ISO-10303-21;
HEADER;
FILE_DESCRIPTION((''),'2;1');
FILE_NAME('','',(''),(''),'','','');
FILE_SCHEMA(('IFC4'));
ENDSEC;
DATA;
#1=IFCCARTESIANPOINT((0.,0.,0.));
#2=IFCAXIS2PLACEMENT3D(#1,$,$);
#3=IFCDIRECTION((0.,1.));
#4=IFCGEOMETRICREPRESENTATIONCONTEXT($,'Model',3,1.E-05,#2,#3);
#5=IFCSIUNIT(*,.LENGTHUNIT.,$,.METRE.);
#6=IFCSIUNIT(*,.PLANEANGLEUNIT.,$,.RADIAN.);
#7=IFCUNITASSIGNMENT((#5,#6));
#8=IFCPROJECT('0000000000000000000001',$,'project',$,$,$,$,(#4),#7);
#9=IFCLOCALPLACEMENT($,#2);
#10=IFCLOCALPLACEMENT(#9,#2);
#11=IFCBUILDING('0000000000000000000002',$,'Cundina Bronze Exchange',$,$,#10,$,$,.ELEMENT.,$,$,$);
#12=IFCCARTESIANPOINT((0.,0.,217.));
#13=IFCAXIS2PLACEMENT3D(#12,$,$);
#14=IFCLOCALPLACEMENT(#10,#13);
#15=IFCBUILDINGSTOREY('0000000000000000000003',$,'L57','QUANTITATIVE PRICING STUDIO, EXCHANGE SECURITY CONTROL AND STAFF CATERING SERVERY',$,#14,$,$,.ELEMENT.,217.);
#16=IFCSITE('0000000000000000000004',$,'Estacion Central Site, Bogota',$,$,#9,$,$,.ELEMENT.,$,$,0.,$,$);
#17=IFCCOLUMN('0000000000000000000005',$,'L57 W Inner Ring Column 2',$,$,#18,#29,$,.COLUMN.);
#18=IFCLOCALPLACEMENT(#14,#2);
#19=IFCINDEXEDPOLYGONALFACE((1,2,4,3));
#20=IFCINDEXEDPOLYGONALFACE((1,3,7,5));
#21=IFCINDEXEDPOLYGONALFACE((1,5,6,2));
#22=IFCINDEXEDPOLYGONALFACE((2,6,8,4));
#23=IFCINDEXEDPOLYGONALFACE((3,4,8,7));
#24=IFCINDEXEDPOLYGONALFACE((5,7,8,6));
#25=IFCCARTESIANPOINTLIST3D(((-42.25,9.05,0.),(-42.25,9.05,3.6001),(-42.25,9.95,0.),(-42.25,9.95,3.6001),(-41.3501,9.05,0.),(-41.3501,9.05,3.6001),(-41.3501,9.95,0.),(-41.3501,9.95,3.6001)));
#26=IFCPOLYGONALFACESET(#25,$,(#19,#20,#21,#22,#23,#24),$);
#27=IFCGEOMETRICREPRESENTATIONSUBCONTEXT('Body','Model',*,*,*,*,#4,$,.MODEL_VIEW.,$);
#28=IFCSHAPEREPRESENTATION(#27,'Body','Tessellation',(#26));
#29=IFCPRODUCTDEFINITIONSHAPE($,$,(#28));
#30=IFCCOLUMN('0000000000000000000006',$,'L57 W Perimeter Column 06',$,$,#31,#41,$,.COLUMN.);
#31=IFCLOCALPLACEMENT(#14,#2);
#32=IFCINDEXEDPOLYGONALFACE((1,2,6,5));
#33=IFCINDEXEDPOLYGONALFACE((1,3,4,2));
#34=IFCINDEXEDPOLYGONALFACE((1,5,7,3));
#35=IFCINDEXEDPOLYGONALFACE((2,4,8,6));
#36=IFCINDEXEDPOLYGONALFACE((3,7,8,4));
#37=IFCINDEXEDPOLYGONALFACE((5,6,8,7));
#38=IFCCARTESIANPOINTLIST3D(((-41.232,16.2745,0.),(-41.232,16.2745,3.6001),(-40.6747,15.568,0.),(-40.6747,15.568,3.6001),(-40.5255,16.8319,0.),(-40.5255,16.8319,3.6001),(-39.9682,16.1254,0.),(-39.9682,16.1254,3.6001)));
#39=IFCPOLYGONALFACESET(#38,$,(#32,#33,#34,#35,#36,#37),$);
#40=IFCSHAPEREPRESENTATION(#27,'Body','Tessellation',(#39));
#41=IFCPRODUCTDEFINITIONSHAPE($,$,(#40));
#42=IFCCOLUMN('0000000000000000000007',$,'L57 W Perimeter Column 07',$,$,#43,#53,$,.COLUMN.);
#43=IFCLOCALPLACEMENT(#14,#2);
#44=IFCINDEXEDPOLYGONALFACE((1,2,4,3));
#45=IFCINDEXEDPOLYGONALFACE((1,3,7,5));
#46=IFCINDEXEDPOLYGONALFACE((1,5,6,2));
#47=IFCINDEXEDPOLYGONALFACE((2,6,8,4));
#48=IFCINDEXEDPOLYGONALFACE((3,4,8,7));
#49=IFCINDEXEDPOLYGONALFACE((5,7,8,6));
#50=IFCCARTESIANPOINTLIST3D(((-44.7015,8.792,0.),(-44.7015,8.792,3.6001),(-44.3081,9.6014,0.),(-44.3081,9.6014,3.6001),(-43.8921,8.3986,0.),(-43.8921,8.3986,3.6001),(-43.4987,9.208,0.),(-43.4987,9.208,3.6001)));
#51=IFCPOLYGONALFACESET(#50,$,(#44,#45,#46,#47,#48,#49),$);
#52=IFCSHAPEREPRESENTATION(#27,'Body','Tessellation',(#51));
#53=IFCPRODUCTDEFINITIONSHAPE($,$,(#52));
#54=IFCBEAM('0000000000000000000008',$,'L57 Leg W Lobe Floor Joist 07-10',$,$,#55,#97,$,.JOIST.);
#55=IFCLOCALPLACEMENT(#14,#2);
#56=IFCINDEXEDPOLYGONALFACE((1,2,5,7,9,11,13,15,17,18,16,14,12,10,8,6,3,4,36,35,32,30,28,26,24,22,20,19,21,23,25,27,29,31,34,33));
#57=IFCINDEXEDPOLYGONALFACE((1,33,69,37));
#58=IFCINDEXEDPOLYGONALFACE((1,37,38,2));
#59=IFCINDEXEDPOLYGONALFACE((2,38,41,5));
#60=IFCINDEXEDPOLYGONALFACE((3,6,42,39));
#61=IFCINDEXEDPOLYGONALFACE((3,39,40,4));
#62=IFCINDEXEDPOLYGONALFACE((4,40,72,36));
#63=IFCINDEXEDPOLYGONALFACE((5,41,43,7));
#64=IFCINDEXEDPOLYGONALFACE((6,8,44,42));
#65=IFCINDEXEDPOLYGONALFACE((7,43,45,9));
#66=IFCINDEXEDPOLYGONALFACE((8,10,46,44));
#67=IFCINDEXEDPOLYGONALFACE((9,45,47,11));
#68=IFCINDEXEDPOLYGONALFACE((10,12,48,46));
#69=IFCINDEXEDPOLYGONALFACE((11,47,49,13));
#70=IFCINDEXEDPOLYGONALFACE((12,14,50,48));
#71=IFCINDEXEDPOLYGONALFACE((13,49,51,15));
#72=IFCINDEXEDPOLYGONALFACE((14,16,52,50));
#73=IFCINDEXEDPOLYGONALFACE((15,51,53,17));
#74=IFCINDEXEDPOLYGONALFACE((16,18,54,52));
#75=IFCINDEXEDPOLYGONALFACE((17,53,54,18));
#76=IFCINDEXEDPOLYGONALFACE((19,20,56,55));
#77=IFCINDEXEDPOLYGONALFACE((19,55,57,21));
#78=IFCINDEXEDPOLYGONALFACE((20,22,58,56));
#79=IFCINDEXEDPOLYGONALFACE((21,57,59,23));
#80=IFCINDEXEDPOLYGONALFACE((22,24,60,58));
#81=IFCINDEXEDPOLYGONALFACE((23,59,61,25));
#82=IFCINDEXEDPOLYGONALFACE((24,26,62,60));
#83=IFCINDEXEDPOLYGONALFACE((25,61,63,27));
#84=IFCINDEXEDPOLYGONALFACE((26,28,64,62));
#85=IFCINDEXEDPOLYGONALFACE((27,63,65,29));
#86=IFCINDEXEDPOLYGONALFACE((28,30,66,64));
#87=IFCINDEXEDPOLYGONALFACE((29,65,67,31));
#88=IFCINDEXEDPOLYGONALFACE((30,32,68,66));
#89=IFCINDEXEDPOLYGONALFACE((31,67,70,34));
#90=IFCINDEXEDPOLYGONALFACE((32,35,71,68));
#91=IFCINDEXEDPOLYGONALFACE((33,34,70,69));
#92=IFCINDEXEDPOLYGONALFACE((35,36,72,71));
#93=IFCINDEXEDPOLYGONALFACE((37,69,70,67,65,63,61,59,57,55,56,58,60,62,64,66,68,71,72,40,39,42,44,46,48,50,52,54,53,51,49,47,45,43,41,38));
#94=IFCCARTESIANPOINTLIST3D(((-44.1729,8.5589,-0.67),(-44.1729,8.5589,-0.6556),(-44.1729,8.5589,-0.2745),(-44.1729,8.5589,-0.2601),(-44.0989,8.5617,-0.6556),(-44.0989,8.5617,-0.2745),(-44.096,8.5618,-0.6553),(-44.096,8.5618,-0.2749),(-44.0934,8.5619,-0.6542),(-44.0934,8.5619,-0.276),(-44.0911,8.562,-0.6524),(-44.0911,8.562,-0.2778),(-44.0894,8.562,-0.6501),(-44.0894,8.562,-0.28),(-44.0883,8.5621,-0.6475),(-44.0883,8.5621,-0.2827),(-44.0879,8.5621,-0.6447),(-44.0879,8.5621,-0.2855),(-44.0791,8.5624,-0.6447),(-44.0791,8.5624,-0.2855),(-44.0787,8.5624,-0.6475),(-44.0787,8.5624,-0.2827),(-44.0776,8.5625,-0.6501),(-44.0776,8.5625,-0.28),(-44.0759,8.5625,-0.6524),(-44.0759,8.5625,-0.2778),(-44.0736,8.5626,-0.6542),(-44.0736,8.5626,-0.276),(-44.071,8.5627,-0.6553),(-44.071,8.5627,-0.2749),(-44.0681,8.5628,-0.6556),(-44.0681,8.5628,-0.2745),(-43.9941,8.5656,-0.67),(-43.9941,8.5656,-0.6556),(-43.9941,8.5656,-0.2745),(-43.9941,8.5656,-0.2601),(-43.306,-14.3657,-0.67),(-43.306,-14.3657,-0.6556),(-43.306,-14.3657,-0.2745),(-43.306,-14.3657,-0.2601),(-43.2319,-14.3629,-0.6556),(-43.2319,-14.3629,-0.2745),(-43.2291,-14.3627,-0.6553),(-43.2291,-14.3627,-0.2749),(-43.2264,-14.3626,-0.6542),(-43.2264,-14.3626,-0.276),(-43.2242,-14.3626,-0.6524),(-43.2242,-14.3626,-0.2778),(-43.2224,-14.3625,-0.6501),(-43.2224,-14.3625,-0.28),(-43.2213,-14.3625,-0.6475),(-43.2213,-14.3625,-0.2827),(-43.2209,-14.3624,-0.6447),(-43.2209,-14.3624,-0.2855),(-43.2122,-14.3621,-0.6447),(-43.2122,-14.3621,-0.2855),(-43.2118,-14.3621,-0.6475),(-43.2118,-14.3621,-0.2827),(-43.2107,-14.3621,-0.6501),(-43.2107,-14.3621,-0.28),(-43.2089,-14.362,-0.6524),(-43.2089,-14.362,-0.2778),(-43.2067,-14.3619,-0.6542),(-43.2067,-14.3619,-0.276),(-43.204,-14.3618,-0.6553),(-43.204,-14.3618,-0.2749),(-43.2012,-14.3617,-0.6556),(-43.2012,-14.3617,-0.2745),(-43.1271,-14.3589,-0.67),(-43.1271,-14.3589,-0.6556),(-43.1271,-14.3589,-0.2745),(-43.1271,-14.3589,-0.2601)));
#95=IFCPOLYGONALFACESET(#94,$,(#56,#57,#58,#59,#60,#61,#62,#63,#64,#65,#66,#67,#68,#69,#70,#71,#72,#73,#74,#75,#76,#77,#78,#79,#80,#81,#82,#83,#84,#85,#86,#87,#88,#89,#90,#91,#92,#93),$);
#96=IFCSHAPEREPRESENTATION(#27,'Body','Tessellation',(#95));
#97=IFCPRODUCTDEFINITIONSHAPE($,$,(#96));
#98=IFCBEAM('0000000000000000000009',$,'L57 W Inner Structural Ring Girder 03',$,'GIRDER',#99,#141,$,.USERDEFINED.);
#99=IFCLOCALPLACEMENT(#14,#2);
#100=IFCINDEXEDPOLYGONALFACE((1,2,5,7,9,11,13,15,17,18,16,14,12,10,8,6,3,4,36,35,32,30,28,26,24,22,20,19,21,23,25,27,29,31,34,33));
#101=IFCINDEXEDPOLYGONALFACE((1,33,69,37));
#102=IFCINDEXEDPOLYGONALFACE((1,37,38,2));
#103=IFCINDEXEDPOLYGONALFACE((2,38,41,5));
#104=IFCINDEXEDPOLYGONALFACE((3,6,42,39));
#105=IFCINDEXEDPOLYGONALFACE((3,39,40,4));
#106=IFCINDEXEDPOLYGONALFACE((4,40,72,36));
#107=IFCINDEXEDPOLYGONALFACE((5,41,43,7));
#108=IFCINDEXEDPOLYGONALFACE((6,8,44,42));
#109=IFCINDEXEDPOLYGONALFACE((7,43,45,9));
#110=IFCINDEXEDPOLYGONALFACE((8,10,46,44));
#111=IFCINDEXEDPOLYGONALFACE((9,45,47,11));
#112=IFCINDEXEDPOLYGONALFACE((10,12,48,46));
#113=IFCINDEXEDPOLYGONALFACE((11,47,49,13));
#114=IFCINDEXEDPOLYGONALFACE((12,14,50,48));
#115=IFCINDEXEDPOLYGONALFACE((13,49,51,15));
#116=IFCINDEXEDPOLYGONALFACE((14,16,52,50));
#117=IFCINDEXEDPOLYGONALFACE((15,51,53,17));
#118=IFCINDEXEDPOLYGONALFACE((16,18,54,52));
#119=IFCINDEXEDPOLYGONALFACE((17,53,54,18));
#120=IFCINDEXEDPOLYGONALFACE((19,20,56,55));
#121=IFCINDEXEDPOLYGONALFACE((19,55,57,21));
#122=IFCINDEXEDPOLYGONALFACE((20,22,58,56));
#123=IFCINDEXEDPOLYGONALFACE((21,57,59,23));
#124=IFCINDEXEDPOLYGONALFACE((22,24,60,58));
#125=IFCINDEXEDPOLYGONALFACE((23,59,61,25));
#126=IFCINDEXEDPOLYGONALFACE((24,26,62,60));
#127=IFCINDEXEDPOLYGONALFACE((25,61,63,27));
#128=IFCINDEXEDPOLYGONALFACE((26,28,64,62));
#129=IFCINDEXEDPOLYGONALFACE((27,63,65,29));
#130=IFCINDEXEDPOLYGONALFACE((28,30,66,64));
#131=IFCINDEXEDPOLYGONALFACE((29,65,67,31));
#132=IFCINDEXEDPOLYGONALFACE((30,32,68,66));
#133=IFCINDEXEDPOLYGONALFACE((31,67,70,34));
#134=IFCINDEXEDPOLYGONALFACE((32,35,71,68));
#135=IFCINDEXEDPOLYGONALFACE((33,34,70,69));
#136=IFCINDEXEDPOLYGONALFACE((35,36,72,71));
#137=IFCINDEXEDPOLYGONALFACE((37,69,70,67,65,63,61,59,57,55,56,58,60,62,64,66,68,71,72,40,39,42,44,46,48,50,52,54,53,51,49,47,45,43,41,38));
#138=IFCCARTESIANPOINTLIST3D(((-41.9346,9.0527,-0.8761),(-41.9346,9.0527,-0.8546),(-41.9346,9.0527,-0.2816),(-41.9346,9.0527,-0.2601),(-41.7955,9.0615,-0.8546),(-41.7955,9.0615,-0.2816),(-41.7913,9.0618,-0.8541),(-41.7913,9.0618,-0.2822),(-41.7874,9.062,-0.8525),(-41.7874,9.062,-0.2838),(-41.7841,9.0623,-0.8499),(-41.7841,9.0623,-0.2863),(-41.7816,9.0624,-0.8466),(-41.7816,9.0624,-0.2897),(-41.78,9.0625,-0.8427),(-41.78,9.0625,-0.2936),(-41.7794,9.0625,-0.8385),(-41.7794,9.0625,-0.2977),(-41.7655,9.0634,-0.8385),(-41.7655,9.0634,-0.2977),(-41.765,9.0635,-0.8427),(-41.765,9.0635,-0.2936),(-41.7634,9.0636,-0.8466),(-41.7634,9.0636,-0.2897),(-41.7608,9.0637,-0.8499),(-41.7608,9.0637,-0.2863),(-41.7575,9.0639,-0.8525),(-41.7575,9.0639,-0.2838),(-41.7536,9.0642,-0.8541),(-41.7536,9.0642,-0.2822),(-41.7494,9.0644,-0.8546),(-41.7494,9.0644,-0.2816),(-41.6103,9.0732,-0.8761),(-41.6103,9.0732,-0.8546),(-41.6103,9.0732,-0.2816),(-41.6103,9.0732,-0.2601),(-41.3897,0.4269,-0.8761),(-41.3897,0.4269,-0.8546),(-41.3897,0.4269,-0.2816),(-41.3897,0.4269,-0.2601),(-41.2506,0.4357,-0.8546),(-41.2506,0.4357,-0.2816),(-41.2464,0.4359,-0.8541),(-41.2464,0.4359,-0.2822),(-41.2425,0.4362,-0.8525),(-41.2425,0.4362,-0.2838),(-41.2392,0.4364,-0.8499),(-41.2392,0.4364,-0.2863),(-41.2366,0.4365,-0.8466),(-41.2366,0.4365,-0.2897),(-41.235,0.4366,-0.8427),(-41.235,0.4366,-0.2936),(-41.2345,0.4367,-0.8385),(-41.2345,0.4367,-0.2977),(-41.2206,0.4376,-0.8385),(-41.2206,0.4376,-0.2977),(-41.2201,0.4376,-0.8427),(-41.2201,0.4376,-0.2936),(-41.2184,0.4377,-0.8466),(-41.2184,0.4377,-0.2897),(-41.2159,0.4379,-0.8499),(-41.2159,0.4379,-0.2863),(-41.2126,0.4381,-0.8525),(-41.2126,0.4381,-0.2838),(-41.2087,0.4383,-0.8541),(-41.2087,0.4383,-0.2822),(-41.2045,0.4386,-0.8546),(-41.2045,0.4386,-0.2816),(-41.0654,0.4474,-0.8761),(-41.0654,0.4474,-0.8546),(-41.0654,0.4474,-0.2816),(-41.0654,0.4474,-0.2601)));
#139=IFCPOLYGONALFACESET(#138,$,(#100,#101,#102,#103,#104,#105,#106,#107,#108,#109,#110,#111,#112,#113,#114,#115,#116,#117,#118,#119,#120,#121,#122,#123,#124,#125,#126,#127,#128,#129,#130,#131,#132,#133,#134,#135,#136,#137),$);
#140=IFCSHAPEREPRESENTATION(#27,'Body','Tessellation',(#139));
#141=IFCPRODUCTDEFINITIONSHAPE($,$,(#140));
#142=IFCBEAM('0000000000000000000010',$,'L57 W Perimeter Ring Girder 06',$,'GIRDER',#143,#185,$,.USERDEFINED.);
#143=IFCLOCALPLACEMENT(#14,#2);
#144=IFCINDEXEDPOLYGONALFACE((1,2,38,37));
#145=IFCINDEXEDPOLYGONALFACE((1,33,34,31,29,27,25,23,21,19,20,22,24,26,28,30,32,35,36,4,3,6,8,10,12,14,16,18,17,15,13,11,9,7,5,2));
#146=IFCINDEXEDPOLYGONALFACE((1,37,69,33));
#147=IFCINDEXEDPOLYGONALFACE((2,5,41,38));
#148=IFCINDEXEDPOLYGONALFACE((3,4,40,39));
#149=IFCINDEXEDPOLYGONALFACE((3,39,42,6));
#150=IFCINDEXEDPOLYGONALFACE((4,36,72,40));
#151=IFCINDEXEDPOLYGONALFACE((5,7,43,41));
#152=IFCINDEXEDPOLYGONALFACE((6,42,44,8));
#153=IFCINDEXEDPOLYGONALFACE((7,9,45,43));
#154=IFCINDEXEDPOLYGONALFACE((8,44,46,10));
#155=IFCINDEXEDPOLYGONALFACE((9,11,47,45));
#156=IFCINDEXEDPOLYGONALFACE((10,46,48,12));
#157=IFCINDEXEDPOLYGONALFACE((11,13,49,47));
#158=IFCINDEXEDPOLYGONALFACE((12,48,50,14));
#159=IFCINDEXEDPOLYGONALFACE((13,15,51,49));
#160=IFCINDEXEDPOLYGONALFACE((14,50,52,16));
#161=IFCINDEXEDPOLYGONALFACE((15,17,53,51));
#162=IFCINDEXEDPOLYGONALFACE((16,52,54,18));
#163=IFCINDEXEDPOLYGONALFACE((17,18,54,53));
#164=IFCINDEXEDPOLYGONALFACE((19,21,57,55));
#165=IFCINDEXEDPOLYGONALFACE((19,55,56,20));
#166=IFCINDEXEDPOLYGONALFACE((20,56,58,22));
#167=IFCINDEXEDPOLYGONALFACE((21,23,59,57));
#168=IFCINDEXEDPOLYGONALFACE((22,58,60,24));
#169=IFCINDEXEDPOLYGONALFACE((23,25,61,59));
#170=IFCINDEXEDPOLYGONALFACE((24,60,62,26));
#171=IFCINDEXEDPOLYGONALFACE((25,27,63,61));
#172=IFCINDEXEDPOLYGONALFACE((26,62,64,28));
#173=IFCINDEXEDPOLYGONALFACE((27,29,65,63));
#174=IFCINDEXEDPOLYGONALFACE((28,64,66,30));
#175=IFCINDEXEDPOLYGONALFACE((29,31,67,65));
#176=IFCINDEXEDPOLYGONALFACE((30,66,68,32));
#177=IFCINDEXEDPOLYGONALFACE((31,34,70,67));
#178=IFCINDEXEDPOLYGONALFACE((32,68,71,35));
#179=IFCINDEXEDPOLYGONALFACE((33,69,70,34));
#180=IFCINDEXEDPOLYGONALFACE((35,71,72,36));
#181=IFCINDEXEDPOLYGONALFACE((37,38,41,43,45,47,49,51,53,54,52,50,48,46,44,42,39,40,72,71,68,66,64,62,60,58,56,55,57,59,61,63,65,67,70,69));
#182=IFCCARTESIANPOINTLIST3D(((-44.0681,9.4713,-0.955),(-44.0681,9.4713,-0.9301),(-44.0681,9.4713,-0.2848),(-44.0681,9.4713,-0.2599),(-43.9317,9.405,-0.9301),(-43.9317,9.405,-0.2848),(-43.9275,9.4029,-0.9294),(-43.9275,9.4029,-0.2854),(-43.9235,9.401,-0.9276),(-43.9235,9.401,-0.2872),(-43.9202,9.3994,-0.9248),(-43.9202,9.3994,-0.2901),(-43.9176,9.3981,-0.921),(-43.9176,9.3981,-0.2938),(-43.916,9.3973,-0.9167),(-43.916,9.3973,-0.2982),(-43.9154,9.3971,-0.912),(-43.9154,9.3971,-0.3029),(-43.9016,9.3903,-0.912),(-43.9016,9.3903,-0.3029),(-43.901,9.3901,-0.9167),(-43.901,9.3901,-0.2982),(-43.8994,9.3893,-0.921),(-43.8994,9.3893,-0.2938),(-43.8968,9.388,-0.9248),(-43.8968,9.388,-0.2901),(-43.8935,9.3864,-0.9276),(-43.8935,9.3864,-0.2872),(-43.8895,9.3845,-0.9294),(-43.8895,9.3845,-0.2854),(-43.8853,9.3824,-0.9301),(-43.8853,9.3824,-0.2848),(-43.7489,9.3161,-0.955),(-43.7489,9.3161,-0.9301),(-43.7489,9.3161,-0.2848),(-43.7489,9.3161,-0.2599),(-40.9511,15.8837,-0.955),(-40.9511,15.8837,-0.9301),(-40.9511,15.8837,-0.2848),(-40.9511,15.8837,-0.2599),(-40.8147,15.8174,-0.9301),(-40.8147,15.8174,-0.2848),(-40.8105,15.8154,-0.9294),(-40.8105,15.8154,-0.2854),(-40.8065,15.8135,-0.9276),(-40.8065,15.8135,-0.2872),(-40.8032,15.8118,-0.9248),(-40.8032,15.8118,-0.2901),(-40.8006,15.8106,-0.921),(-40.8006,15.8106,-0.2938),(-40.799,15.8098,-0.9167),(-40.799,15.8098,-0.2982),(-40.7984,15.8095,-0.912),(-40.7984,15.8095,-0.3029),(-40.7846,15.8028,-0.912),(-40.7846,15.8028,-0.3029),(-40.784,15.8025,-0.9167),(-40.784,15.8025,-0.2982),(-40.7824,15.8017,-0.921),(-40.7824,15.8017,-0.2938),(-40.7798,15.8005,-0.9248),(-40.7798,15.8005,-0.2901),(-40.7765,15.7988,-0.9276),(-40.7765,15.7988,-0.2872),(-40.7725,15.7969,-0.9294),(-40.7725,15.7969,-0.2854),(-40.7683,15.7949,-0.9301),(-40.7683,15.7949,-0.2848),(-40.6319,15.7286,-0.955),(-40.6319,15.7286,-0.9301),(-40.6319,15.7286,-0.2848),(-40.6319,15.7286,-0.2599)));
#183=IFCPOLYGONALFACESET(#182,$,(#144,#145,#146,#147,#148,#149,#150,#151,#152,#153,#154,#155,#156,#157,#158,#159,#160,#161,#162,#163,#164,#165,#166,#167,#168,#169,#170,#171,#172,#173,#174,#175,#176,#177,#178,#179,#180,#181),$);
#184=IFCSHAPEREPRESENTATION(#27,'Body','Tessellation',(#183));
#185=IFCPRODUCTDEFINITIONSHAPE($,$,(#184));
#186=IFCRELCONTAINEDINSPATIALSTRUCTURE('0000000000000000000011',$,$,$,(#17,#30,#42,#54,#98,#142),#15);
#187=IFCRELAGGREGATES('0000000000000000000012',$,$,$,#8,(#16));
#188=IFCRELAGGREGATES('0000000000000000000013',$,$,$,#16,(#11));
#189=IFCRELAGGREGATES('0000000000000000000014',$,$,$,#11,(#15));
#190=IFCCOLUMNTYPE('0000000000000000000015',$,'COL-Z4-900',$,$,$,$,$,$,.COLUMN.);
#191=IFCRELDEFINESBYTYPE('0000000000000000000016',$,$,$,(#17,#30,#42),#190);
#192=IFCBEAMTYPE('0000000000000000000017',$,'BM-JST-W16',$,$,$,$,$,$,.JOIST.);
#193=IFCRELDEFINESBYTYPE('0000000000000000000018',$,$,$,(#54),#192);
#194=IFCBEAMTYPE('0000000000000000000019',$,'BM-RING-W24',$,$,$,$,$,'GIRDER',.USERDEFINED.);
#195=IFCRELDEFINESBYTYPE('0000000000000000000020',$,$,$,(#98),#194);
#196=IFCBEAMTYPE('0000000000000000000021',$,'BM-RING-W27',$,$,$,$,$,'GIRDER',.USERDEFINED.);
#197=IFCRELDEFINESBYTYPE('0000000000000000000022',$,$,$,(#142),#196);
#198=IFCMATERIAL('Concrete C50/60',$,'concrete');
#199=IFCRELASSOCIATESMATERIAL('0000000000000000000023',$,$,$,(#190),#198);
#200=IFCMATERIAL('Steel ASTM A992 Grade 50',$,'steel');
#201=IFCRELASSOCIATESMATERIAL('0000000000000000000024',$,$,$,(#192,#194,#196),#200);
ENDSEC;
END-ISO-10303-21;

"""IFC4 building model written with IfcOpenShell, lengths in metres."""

from ifc_helpers import new_model, si_unit, direction, frame, origin, origin_2d, place, context, subcontext, project, spatial, rectangle, i_section, extrude, material, material_profile, profile_set, type_object, element, save


model = new_model("IFC4")

# Units and contexts
model_context = context("Model", 3, precision=1e-05, world=origin(), true_north=direction((0.0, 1.0)))
body_context = subcontext(model_context, "Body", "Model", "MODEL_VIEW")
ifc_project = project(units=[si_unit("LENGTHUNIT", "METRE"), si_unit("PLANEANGLEUNIT", "RADIAN")], contexts=[model_context])

# Site, building, storey
site_placement = place(None, origin())
site = spatial("IfcSite", under=ifc_project, at=site_placement, Name="Estacion Central Site, Bogota", CompositionType="ELEMENT", RefElevation=0.0)
building_placement = place(site_placement, origin())
building = spatial("IfcBuilding", under=site, at=building_placement, Name="Cundina Bronze Exchange", CompositionType="ELEMENT")
storey_placement = place(building_placement, frame((0.0, 0.0, 217.0)))
storey = spatial("IfcBuildingStorey", under=building, at=storey_placement, Name="L57", Description="QUANTITATIVE PRICING STUDIO, EXCHANGE SECURITY CONTROL AND STAFF CATERING SERVERY", CompositionType="ELEMENT", Elevation=217.0)

# Columns
ifc_material_1 = material(Name="Concrete C50/60", Category="concrete")
ifc_material_profile_1 = material_profile(ifc_material_1, rectangle(XDim=0.8999, YDim=0.8999, at=origin_2d()), Name="RC900X900", Category="concrete")
ifc_profile_set_1 = profile_set([ifc_material_profile_1], Name="Concrete C50/60")
column_type = type_object("IfcColumnType", Name="COL-Z4-900", PredefinedType="COLUMN", material=ifc_profile_set_1)
for number, where, z_axis, x_axis, name in (
    (1, (-41.8, 9.5, 0.0), (0.0, 0.0, 1.0), (1.0, 0.0, 0.0), "L57 W Inner Ring Column 2"),
    (2, (-40.6001, 16.2, 0.0), (0.0, 0.0, 1.0), (-0.785101, -0.619368, 0.0), "L57 W Perimeter Column 06"),
    (3, (-44.1001, 9.0, 0.0), (0.0, 0.0, 1.0), (-0.437116, -0.899405, 0.0), "L57 W Perimeter Column 07"),
):
    element("IfcColumn", number, at=place(storey_placement, frame(where, z_axis=z_axis, x_axis=x_axis)), inside=storey, type_object=column_type, Name=name, PredefinedType="COLUMN", context=body_context, shape_type="SweptSolid", body=[
        extrude(rectangle(XDim=0.8999, YDim=0.8999, at=origin_2d()), origin(), (0.0, 0.0, 1.0), 3.6001),
    ])

# Beams
ifc_material_2 = material(Name="Steel ASTM A992 Grade 50", Category="steel")
ifc_material_profile_2 = material_profile(ifc_material_2, i_section(OverallWidth=0.179, OverallDepth=0.4099, WebThickness=0.0088, FlangeThickness=0.0144, FilletRadius=0.011, at=origin_2d()), Name="W16X45", Category="steel")
ifc_profile_set_2 = profile_set([ifc_material_profile_2], Name="Steel ASTM A992 Grade 50")
beam_type_1 = type_object("IfcBeamType", Name="BM-JST-W16", PredefinedType="JOIST", material=ifc_profile_set_2)
beam_1_placement = place(storey_placement, frame((-44.0835, 8.5623, -0.4651), z_axis=(0.03779, -0.999286, 0.0), x_axis=(0.999286, 0.03779, 0.0)))
element("IfcBeam", 4, at=beam_1_placement, inside=storey, type_object=beam_type_1, Name="L57 Leg W Lobe Floor Joist 07-10", PredefinedType="JOIST", context=body_context, shape_type="SweptSolid", body=[
    extrude(i_section(OverallWidth=0.179, OverallDepth=0.4099, WebThickness=0.0088, FlangeThickness=0.0144, FilletRadius=0.011, at=origin_2d()), origin(), (0.0, 0.0, 1.0), 22.9409),
])
ifc_material_profile_3 = material_profile(ifc_material_2, i_section(OverallWidth=0.325, OverallDepth=0.616, WebThickness=0.0139, FlangeThickness=0.0215, FilletRadius=0.0161, at=origin_2d()), Name="W24X117", Category="steel")
ifc_profile_set_3 = profile_set([ifc_material_profile_3], Name="Steel ASTM A992 Grade 50")
beam_type_2 = type_object("IfcBeamType", Name="BM-RING-W24", ElementType="GIRDER", PredefinedType="USERDEFINED", material=ifc_profile_set_3)
beam_2_placement = place(storey_placement, frame((-41.7725, 9.063, -0.5681), z_axis=(0.063047, -0.998011, 0.0), x_axis=(0.998011, 0.063047, 0.0)))
element("IfcBeam", 5, at=beam_2_placement, inside=storey, type_object=beam_type_2, Name="L57 W Inner Structural Ring Girder 03", ObjectType="GIRDER", PredefinedType="USERDEFINED", context=body_context, shape_type="SweptSolid", body=[
    extrude(i_section(OverallWidth=0.325, OverallDepth=0.616, WebThickness=0.0139, FlangeThickness=0.0215, FilletRadius=0.0161, at=origin_2d()), origin(), (0.0, 0.0, 1.0), 8.6431),
])
ifc_material_profile_4 = material_profile(ifc_material_2, i_section(OverallWidth=0.355, OverallDepth=0.6951, WebThickness=0.0154, FlangeThickness=0.0249, FilletRadius=0.0181, at=origin_2d()), Name="W27X146", Category="steel")
ifc_profile_set_4 = profile_set([ifc_material_profile_4], Name="Steel ASTM A992 Grade 50")
beam_type_3 = type_object("IfcBeamType", Name="BM-RING-W27", ElementType="GIRDER", PredefinedType="USERDEFINED", material=ifc_profile_set_4)
for number, where, z_axis, x_axis, name in (
    (6, (-40.7915, 15.8062, -0.6074), (-0.437173, -0.899377, 0.0), (0.899377, -0.437173, 0.0), "L57 W Perimeter Ring Girder 06"),
):
    element("IfcBeam", number, at=place(storey_placement, frame(where, z_axis=z_axis, x_axis=x_axis)), inside=storey, type_object=beam_type_3, Name=name, ObjectType="GIRDER", PredefinedType="USERDEFINED", context=body_context, shape_type="SweptSolid", body=[
        extrude(i_section(OverallWidth=0.355, OverallDepth=0.6951, WebThickness=0.0154, FlangeThickness=0.0249, FilletRadius=0.0181, at=origin_2d()), origin(), (0.0, 0.0, 1.0), 7.1299),
    ])

save(model, "model.ifc")
